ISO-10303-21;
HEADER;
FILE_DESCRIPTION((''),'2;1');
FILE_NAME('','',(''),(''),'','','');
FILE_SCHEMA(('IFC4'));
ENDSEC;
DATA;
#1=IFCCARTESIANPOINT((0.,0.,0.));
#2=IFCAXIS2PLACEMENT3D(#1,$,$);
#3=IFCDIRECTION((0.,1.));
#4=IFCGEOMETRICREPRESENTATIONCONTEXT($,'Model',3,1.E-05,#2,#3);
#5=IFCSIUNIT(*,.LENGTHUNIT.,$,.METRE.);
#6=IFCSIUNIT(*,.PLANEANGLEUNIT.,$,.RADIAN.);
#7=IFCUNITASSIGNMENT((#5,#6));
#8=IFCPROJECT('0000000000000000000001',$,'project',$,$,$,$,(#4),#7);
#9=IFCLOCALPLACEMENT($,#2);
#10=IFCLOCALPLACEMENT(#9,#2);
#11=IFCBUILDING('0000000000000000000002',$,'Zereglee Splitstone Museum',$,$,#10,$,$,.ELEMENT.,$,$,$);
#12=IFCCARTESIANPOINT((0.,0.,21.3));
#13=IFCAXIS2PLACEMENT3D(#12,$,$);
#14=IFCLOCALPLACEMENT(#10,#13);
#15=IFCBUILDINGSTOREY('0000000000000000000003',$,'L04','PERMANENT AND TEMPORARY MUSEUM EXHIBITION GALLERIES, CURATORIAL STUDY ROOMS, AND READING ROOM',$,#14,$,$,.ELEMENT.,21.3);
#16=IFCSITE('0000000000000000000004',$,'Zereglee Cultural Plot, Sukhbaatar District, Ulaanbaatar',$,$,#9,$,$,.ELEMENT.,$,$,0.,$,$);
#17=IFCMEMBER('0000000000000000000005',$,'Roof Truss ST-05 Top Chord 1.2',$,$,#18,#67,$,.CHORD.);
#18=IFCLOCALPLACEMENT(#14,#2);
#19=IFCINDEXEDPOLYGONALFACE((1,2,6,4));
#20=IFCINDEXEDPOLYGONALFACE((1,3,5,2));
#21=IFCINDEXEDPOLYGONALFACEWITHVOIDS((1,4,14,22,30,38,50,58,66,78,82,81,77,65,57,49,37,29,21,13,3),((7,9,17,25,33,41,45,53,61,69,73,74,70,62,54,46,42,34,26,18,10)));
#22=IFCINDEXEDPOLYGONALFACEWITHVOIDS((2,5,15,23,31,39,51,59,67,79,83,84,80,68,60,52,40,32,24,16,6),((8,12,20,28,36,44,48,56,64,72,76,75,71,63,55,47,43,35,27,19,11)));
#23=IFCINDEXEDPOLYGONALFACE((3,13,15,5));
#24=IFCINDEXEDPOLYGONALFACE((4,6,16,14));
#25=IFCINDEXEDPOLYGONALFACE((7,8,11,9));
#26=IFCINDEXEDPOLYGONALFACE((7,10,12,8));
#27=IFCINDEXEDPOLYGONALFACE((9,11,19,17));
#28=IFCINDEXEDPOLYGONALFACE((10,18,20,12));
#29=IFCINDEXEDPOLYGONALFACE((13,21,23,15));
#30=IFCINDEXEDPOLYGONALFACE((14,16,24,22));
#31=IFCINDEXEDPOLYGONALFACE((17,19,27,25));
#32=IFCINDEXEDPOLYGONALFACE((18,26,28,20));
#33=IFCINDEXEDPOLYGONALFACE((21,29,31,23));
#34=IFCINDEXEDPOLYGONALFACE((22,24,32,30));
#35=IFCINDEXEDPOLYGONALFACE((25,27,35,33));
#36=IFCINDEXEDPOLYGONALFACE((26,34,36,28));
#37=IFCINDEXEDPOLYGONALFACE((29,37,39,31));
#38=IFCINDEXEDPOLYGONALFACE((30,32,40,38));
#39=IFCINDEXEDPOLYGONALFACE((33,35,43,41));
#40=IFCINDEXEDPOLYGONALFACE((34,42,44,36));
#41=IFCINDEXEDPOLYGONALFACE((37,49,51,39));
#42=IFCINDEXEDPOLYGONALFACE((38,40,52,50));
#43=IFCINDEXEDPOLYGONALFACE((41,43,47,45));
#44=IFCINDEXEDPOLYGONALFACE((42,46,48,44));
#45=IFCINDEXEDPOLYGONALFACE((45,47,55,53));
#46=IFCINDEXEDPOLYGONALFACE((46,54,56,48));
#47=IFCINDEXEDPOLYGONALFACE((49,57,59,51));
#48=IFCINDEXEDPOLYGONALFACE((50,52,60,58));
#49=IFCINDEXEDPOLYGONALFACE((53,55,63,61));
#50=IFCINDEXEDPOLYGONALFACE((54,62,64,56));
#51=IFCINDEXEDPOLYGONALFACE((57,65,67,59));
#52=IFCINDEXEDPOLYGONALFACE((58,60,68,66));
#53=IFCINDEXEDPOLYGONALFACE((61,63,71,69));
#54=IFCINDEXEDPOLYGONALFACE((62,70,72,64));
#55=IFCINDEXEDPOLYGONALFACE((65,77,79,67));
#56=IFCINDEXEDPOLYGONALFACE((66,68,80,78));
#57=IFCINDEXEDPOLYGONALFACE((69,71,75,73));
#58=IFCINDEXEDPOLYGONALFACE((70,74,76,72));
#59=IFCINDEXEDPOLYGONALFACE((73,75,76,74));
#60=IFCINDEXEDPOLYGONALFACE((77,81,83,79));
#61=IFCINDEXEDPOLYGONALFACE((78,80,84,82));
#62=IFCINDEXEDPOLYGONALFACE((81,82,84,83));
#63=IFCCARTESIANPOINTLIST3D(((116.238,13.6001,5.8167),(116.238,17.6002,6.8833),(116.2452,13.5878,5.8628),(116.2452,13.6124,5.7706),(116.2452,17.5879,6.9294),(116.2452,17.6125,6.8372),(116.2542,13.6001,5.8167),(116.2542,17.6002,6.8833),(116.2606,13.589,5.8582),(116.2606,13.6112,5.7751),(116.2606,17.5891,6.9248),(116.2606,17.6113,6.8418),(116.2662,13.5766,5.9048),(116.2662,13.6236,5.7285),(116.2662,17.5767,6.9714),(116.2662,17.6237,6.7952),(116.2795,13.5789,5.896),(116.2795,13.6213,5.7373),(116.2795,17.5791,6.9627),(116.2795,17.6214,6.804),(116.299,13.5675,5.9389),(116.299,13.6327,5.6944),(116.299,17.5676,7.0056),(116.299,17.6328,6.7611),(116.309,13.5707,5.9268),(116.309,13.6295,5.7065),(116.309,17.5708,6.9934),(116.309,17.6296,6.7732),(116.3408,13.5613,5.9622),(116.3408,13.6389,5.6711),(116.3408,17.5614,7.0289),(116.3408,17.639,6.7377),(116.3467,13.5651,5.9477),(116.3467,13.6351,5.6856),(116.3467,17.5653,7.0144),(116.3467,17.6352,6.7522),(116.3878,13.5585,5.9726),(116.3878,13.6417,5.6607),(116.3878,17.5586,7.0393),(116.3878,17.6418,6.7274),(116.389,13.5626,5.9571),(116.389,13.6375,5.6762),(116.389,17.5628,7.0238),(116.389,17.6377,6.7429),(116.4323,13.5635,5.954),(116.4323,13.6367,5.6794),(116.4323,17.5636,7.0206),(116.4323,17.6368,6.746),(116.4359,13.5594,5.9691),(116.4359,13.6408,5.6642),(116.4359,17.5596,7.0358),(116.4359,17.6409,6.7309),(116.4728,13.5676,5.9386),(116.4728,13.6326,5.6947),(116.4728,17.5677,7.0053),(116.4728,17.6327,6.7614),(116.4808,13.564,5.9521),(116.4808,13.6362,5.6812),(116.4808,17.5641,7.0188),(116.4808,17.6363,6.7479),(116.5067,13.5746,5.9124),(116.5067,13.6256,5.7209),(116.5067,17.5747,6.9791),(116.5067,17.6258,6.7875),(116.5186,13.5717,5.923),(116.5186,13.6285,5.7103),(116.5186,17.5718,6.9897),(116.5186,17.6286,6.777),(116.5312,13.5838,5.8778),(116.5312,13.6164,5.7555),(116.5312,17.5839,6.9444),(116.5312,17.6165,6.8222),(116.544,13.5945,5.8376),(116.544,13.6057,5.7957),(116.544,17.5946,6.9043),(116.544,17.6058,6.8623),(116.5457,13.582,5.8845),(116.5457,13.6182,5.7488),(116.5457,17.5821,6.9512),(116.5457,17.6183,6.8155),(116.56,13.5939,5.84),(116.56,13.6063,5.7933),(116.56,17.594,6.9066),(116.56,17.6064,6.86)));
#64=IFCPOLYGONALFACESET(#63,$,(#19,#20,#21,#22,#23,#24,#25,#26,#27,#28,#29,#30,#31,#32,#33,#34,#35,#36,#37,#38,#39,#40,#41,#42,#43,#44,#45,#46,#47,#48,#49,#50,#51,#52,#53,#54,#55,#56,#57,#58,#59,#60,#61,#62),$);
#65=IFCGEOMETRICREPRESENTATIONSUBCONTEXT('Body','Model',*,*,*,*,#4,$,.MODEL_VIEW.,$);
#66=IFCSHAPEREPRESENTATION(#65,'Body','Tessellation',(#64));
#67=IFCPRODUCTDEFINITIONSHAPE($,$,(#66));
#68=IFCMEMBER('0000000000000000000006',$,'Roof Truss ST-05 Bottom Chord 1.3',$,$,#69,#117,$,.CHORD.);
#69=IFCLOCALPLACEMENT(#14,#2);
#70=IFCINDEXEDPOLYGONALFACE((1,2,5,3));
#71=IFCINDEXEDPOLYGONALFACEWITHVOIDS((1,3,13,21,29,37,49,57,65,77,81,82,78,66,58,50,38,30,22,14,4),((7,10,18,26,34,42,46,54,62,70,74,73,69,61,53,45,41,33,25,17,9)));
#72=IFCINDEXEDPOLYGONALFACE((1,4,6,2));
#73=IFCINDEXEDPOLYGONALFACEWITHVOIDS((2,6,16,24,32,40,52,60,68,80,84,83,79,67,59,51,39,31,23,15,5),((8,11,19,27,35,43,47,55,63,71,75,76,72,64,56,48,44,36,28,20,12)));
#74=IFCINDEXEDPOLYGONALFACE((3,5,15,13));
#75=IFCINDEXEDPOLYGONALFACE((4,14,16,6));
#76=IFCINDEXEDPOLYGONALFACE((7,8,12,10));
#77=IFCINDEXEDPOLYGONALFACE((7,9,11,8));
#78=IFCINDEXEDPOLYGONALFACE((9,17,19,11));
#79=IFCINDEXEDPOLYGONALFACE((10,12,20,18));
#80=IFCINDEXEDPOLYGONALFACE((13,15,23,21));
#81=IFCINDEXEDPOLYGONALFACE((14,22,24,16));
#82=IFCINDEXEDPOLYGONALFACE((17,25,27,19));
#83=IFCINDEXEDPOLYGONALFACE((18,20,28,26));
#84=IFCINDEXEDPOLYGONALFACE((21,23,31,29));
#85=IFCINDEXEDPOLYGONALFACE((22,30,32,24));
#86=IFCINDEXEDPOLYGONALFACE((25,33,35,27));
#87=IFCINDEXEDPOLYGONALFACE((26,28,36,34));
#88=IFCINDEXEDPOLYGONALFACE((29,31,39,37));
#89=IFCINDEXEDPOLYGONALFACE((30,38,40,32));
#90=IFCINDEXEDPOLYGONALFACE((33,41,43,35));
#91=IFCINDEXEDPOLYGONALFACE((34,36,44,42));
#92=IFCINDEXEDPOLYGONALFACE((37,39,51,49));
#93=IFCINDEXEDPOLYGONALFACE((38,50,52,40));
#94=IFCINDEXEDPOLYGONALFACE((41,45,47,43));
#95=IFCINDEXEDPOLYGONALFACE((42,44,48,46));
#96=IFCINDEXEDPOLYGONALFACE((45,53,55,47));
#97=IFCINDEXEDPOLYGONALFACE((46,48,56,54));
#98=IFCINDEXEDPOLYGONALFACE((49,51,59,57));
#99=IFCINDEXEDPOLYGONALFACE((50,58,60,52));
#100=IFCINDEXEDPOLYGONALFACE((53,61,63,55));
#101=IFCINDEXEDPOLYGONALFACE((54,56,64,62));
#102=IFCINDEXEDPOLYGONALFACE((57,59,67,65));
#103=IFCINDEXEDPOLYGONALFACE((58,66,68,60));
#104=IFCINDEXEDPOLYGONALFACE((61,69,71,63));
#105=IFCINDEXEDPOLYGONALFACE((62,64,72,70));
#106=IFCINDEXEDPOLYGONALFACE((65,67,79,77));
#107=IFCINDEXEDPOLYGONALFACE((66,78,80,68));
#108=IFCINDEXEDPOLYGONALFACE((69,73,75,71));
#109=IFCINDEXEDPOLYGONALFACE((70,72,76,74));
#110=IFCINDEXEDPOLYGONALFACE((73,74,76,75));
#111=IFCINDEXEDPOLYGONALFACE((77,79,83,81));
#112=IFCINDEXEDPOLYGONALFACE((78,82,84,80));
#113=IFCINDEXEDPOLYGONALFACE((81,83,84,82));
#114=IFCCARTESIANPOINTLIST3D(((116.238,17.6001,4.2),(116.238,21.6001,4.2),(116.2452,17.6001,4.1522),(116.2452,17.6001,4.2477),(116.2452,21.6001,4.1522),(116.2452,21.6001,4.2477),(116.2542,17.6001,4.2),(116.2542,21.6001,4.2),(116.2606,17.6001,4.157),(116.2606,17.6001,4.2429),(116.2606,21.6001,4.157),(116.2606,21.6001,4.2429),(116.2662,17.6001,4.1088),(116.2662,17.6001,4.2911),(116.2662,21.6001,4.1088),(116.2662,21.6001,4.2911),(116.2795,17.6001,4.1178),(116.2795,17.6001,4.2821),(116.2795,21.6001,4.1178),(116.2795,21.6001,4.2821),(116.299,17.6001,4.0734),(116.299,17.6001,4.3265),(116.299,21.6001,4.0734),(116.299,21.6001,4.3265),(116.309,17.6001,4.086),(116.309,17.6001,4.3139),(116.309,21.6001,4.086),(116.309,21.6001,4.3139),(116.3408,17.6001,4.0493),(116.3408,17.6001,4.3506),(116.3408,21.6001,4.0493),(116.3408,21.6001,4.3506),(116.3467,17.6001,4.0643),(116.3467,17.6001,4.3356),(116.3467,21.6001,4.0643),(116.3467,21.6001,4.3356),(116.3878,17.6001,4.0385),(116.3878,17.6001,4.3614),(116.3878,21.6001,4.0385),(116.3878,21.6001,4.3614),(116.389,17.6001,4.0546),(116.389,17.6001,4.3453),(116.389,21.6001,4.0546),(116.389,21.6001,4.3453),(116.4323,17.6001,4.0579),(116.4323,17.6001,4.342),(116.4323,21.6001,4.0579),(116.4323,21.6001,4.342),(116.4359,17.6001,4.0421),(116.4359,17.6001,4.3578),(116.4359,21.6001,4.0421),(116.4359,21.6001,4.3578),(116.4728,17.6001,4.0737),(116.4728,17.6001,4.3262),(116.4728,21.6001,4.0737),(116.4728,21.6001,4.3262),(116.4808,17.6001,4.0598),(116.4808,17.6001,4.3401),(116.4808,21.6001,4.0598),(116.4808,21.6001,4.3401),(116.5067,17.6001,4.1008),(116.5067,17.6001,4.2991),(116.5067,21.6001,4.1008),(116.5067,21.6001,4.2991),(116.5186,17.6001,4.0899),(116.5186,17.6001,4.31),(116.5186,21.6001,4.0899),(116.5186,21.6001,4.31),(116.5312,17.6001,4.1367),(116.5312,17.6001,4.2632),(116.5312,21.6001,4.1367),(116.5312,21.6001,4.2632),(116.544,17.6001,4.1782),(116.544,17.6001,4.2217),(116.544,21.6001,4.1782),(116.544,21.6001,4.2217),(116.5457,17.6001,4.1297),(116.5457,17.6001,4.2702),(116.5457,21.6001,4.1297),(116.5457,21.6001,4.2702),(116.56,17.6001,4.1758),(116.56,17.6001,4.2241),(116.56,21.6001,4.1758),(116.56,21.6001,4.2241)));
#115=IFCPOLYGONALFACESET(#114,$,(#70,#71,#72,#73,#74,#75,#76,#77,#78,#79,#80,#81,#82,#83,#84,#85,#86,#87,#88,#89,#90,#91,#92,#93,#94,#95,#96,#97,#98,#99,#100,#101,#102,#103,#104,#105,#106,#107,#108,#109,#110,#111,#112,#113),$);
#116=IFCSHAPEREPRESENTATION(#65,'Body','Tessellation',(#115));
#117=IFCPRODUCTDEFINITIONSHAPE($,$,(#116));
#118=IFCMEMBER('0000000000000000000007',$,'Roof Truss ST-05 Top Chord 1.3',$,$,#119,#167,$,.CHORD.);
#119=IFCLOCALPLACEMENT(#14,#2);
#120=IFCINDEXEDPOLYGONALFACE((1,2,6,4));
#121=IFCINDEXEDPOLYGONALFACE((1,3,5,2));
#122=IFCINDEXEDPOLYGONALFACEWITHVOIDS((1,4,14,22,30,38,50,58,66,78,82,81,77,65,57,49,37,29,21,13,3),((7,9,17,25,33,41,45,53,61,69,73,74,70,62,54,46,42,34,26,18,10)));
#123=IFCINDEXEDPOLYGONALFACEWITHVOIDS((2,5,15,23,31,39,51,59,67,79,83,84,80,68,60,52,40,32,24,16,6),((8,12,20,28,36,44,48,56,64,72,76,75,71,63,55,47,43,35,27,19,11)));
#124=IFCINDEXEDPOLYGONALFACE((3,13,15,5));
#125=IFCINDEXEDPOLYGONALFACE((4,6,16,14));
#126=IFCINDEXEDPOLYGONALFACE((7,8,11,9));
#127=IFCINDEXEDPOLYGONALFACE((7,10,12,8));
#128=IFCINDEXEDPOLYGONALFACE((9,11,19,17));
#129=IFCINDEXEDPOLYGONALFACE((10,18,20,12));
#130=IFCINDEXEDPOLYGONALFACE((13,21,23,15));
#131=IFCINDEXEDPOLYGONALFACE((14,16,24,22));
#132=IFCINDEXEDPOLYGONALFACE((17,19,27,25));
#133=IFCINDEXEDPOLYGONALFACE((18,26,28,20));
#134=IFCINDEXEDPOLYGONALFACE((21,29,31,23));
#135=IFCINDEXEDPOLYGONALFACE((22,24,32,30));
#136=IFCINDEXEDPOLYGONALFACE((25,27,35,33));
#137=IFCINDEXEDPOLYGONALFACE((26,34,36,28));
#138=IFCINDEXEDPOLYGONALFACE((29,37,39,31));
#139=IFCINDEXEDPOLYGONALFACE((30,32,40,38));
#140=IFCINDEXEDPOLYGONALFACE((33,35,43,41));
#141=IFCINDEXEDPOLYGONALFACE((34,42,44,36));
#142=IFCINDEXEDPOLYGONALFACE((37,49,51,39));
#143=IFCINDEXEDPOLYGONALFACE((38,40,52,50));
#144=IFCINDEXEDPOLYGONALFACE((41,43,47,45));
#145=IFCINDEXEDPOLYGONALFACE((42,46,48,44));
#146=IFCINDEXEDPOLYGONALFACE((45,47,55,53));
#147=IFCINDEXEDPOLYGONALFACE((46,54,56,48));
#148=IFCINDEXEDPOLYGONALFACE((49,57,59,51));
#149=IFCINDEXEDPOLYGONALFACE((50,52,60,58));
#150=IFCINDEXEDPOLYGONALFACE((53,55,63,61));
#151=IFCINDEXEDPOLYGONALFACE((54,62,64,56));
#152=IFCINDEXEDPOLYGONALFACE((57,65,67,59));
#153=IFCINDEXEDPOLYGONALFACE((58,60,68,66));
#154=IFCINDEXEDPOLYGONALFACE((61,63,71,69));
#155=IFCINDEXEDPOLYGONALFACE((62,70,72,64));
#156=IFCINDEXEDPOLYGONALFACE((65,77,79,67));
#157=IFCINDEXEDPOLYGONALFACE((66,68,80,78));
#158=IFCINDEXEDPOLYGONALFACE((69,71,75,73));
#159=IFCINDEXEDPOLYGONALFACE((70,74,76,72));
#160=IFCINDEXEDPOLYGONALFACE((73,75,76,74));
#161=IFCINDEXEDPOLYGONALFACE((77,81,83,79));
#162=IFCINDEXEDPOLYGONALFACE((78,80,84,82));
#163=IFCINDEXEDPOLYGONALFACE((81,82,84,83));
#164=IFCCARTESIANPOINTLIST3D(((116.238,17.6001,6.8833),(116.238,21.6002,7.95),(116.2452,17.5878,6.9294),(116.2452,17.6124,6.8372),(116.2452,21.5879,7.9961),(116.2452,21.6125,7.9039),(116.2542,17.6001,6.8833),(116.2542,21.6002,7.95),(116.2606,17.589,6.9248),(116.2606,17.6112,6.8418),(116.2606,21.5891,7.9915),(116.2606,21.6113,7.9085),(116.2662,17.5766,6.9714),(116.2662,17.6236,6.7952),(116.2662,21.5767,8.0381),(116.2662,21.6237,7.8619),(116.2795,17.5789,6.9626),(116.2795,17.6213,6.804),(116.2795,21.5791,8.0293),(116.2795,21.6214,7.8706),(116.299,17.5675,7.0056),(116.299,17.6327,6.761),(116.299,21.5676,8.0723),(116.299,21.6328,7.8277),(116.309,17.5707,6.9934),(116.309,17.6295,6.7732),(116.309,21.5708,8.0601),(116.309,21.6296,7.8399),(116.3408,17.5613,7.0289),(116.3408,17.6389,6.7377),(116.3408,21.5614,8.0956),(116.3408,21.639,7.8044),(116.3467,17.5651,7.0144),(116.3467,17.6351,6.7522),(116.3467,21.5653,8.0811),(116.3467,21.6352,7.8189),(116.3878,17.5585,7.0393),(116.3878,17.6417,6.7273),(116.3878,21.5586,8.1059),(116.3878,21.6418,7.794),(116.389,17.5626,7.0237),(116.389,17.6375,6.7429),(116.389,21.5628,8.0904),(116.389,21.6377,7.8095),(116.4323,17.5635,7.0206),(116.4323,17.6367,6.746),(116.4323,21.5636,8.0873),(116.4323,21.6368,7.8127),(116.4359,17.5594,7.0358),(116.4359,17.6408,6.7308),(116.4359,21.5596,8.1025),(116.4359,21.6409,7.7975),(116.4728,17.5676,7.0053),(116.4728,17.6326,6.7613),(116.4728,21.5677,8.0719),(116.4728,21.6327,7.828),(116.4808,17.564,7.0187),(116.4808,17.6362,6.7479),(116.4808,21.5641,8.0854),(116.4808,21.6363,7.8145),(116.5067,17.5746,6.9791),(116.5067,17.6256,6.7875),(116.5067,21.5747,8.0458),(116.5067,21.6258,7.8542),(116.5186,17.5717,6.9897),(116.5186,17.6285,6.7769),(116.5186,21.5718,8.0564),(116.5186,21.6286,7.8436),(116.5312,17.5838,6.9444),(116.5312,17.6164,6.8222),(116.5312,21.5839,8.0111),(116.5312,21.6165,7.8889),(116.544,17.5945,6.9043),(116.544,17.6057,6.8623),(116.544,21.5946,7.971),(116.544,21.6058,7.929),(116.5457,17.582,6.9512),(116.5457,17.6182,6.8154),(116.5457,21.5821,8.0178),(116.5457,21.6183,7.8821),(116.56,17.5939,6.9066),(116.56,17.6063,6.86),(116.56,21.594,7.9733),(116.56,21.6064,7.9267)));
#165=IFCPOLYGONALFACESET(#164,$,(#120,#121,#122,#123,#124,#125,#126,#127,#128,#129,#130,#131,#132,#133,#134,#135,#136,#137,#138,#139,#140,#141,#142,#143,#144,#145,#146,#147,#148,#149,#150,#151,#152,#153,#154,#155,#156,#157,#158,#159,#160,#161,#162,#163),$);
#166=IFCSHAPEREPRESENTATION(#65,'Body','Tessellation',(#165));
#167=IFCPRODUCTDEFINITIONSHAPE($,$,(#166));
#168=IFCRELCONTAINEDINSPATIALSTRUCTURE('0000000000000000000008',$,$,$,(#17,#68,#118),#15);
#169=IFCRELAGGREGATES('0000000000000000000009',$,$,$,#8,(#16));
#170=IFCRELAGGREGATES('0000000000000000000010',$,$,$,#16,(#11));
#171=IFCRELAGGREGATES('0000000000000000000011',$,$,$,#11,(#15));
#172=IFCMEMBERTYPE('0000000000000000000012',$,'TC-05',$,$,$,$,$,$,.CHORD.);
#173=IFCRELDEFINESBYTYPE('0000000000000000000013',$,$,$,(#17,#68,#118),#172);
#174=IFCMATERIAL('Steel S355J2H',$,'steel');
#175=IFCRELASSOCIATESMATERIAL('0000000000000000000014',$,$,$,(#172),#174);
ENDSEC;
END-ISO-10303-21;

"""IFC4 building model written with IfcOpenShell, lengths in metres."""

from ifc_helpers import new_model, si_unit, direction, frame, origin, origin_2d, place, context, subcontext, project, spatial, hollow_circle, extrude, material, material_profile, profile_set, type_object, element, save


model = new_model("IFC4")

# Units and contexts
model_context = context("Model", 3, precision=1e-05, world=origin(), true_north=direction((0.0, 1.0)))
body_context = subcontext(model_context, "Body", "Model", "MODEL_VIEW")
ifc_project = project(units=[si_unit("LENGTHUNIT", "METRE"), si_unit("PLANEANGLEUNIT", "RADIAN")], contexts=[model_context])

# Site, building, storey
site_placement = place(None, origin())
site = spatial("IfcSite", under=ifc_project, at=site_placement, Name="Zereglee Cultural Plot, Sukhbaatar District, Ulaanbaatar", CompositionType="ELEMENT", RefElevation=0.0)
building_placement = place(site_placement, origin())
building = spatial("IfcBuilding", under=site, at=building_placement, Name="Zereglee Splitstone Museum", CompositionType="ELEMENT")
storey_placement = place(building_placement, frame((0.0, 0.0, 21.3)))
storey = spatial("IfcBuildingStorey", under=building, at=storey_placement, Name="L04", Description="PERMANENT AND TEMPORARY MUSEUM EXHIBITION GALLERIES, CURATORIAL STUDY ROOMS, AND READING ROOM", CompositionType="ELEMENT", Elevation=21.3)

# Members
ifc_material_1 = material(Name="Steel S355J2H", Category="steel")
ifc_material_profile_1 = material_profile(ifc_material_1, hollow_circle(Radius=0.1619, WallThickness=0.0161, at=origin_2d()), Name="CHS 323.9x16")
ifc_profile_set_1 = profile_set([ifc_material_profile_1], Name="Steel S355J2H")
member_type_1 = type_object("IfcMemberType", Name="TC-05", PredefinedType="CHORD", material=ifc_profile_set_1)
member_1_placement = place(storey_placement, frame((116.3999, 13.6001, 5.8167), z_axis=(0.0, 0.966236, 0.257659), x_axis=(-1.0, 0.0, 0.0)))
element("IfcMember", 1, at=member_1_placement, inside=storey, type_object=member_type_1, Name="Roof Truss ST-05 Top Chord 1.2", PredefinedType="CHORD", context=body_context, shape_type="SweptSolid", body=[
    extrude(hollow_circle(Radius=0.1619, WallThickness=0.0161, at=origin_2d()), origin(), (0.0, 0.0, 1.0), 4.1399),
])
member_2_placement = place(storey_placement, frame((116.3999, 17.6001, 4.2), z_axis=(0.0, 1.0, 0.0), x_axis=(-1.0, 0.0, 0.0)))
element("IfcMember", 2, at=member_2_placement, inside=storey, type_object=member_type_1, Name="Roof Truss ST-05 Bottom Chord 1.3", PredefinedType="CHORD", context=body_context, shape_type="SweptSolid", body=[
    extrude(hollow_circle(Radius=0.1619, WallThickness=0.0161, at=origin_2d()), origin(), (0.0, 0.0, 1.0), 4.0),
])
member_3_placement = place(storey_placement, frame((116.3999, 17.6001, 6.8833), z_axis=(0.0, 0.966236, 0.257659), x_axis=(-1.0, 0.0, 0.0)))
element("IfcMember", 3, at=member_3_placement, inside=storey, type_object=member_type_1, Name="Roof Truss ST-05 Top Chord 1.3", PredefinedType="CHORD", context=body_context, shape_type="SweptSolid", body=[
    extrude(hollow_circle(Radius=0.1619, WallThickness=0.0161, at=origin_2d()), origin(), (0.0, 0.0, 1.0), 4.1399),
])

save(model, "model.ifc")
